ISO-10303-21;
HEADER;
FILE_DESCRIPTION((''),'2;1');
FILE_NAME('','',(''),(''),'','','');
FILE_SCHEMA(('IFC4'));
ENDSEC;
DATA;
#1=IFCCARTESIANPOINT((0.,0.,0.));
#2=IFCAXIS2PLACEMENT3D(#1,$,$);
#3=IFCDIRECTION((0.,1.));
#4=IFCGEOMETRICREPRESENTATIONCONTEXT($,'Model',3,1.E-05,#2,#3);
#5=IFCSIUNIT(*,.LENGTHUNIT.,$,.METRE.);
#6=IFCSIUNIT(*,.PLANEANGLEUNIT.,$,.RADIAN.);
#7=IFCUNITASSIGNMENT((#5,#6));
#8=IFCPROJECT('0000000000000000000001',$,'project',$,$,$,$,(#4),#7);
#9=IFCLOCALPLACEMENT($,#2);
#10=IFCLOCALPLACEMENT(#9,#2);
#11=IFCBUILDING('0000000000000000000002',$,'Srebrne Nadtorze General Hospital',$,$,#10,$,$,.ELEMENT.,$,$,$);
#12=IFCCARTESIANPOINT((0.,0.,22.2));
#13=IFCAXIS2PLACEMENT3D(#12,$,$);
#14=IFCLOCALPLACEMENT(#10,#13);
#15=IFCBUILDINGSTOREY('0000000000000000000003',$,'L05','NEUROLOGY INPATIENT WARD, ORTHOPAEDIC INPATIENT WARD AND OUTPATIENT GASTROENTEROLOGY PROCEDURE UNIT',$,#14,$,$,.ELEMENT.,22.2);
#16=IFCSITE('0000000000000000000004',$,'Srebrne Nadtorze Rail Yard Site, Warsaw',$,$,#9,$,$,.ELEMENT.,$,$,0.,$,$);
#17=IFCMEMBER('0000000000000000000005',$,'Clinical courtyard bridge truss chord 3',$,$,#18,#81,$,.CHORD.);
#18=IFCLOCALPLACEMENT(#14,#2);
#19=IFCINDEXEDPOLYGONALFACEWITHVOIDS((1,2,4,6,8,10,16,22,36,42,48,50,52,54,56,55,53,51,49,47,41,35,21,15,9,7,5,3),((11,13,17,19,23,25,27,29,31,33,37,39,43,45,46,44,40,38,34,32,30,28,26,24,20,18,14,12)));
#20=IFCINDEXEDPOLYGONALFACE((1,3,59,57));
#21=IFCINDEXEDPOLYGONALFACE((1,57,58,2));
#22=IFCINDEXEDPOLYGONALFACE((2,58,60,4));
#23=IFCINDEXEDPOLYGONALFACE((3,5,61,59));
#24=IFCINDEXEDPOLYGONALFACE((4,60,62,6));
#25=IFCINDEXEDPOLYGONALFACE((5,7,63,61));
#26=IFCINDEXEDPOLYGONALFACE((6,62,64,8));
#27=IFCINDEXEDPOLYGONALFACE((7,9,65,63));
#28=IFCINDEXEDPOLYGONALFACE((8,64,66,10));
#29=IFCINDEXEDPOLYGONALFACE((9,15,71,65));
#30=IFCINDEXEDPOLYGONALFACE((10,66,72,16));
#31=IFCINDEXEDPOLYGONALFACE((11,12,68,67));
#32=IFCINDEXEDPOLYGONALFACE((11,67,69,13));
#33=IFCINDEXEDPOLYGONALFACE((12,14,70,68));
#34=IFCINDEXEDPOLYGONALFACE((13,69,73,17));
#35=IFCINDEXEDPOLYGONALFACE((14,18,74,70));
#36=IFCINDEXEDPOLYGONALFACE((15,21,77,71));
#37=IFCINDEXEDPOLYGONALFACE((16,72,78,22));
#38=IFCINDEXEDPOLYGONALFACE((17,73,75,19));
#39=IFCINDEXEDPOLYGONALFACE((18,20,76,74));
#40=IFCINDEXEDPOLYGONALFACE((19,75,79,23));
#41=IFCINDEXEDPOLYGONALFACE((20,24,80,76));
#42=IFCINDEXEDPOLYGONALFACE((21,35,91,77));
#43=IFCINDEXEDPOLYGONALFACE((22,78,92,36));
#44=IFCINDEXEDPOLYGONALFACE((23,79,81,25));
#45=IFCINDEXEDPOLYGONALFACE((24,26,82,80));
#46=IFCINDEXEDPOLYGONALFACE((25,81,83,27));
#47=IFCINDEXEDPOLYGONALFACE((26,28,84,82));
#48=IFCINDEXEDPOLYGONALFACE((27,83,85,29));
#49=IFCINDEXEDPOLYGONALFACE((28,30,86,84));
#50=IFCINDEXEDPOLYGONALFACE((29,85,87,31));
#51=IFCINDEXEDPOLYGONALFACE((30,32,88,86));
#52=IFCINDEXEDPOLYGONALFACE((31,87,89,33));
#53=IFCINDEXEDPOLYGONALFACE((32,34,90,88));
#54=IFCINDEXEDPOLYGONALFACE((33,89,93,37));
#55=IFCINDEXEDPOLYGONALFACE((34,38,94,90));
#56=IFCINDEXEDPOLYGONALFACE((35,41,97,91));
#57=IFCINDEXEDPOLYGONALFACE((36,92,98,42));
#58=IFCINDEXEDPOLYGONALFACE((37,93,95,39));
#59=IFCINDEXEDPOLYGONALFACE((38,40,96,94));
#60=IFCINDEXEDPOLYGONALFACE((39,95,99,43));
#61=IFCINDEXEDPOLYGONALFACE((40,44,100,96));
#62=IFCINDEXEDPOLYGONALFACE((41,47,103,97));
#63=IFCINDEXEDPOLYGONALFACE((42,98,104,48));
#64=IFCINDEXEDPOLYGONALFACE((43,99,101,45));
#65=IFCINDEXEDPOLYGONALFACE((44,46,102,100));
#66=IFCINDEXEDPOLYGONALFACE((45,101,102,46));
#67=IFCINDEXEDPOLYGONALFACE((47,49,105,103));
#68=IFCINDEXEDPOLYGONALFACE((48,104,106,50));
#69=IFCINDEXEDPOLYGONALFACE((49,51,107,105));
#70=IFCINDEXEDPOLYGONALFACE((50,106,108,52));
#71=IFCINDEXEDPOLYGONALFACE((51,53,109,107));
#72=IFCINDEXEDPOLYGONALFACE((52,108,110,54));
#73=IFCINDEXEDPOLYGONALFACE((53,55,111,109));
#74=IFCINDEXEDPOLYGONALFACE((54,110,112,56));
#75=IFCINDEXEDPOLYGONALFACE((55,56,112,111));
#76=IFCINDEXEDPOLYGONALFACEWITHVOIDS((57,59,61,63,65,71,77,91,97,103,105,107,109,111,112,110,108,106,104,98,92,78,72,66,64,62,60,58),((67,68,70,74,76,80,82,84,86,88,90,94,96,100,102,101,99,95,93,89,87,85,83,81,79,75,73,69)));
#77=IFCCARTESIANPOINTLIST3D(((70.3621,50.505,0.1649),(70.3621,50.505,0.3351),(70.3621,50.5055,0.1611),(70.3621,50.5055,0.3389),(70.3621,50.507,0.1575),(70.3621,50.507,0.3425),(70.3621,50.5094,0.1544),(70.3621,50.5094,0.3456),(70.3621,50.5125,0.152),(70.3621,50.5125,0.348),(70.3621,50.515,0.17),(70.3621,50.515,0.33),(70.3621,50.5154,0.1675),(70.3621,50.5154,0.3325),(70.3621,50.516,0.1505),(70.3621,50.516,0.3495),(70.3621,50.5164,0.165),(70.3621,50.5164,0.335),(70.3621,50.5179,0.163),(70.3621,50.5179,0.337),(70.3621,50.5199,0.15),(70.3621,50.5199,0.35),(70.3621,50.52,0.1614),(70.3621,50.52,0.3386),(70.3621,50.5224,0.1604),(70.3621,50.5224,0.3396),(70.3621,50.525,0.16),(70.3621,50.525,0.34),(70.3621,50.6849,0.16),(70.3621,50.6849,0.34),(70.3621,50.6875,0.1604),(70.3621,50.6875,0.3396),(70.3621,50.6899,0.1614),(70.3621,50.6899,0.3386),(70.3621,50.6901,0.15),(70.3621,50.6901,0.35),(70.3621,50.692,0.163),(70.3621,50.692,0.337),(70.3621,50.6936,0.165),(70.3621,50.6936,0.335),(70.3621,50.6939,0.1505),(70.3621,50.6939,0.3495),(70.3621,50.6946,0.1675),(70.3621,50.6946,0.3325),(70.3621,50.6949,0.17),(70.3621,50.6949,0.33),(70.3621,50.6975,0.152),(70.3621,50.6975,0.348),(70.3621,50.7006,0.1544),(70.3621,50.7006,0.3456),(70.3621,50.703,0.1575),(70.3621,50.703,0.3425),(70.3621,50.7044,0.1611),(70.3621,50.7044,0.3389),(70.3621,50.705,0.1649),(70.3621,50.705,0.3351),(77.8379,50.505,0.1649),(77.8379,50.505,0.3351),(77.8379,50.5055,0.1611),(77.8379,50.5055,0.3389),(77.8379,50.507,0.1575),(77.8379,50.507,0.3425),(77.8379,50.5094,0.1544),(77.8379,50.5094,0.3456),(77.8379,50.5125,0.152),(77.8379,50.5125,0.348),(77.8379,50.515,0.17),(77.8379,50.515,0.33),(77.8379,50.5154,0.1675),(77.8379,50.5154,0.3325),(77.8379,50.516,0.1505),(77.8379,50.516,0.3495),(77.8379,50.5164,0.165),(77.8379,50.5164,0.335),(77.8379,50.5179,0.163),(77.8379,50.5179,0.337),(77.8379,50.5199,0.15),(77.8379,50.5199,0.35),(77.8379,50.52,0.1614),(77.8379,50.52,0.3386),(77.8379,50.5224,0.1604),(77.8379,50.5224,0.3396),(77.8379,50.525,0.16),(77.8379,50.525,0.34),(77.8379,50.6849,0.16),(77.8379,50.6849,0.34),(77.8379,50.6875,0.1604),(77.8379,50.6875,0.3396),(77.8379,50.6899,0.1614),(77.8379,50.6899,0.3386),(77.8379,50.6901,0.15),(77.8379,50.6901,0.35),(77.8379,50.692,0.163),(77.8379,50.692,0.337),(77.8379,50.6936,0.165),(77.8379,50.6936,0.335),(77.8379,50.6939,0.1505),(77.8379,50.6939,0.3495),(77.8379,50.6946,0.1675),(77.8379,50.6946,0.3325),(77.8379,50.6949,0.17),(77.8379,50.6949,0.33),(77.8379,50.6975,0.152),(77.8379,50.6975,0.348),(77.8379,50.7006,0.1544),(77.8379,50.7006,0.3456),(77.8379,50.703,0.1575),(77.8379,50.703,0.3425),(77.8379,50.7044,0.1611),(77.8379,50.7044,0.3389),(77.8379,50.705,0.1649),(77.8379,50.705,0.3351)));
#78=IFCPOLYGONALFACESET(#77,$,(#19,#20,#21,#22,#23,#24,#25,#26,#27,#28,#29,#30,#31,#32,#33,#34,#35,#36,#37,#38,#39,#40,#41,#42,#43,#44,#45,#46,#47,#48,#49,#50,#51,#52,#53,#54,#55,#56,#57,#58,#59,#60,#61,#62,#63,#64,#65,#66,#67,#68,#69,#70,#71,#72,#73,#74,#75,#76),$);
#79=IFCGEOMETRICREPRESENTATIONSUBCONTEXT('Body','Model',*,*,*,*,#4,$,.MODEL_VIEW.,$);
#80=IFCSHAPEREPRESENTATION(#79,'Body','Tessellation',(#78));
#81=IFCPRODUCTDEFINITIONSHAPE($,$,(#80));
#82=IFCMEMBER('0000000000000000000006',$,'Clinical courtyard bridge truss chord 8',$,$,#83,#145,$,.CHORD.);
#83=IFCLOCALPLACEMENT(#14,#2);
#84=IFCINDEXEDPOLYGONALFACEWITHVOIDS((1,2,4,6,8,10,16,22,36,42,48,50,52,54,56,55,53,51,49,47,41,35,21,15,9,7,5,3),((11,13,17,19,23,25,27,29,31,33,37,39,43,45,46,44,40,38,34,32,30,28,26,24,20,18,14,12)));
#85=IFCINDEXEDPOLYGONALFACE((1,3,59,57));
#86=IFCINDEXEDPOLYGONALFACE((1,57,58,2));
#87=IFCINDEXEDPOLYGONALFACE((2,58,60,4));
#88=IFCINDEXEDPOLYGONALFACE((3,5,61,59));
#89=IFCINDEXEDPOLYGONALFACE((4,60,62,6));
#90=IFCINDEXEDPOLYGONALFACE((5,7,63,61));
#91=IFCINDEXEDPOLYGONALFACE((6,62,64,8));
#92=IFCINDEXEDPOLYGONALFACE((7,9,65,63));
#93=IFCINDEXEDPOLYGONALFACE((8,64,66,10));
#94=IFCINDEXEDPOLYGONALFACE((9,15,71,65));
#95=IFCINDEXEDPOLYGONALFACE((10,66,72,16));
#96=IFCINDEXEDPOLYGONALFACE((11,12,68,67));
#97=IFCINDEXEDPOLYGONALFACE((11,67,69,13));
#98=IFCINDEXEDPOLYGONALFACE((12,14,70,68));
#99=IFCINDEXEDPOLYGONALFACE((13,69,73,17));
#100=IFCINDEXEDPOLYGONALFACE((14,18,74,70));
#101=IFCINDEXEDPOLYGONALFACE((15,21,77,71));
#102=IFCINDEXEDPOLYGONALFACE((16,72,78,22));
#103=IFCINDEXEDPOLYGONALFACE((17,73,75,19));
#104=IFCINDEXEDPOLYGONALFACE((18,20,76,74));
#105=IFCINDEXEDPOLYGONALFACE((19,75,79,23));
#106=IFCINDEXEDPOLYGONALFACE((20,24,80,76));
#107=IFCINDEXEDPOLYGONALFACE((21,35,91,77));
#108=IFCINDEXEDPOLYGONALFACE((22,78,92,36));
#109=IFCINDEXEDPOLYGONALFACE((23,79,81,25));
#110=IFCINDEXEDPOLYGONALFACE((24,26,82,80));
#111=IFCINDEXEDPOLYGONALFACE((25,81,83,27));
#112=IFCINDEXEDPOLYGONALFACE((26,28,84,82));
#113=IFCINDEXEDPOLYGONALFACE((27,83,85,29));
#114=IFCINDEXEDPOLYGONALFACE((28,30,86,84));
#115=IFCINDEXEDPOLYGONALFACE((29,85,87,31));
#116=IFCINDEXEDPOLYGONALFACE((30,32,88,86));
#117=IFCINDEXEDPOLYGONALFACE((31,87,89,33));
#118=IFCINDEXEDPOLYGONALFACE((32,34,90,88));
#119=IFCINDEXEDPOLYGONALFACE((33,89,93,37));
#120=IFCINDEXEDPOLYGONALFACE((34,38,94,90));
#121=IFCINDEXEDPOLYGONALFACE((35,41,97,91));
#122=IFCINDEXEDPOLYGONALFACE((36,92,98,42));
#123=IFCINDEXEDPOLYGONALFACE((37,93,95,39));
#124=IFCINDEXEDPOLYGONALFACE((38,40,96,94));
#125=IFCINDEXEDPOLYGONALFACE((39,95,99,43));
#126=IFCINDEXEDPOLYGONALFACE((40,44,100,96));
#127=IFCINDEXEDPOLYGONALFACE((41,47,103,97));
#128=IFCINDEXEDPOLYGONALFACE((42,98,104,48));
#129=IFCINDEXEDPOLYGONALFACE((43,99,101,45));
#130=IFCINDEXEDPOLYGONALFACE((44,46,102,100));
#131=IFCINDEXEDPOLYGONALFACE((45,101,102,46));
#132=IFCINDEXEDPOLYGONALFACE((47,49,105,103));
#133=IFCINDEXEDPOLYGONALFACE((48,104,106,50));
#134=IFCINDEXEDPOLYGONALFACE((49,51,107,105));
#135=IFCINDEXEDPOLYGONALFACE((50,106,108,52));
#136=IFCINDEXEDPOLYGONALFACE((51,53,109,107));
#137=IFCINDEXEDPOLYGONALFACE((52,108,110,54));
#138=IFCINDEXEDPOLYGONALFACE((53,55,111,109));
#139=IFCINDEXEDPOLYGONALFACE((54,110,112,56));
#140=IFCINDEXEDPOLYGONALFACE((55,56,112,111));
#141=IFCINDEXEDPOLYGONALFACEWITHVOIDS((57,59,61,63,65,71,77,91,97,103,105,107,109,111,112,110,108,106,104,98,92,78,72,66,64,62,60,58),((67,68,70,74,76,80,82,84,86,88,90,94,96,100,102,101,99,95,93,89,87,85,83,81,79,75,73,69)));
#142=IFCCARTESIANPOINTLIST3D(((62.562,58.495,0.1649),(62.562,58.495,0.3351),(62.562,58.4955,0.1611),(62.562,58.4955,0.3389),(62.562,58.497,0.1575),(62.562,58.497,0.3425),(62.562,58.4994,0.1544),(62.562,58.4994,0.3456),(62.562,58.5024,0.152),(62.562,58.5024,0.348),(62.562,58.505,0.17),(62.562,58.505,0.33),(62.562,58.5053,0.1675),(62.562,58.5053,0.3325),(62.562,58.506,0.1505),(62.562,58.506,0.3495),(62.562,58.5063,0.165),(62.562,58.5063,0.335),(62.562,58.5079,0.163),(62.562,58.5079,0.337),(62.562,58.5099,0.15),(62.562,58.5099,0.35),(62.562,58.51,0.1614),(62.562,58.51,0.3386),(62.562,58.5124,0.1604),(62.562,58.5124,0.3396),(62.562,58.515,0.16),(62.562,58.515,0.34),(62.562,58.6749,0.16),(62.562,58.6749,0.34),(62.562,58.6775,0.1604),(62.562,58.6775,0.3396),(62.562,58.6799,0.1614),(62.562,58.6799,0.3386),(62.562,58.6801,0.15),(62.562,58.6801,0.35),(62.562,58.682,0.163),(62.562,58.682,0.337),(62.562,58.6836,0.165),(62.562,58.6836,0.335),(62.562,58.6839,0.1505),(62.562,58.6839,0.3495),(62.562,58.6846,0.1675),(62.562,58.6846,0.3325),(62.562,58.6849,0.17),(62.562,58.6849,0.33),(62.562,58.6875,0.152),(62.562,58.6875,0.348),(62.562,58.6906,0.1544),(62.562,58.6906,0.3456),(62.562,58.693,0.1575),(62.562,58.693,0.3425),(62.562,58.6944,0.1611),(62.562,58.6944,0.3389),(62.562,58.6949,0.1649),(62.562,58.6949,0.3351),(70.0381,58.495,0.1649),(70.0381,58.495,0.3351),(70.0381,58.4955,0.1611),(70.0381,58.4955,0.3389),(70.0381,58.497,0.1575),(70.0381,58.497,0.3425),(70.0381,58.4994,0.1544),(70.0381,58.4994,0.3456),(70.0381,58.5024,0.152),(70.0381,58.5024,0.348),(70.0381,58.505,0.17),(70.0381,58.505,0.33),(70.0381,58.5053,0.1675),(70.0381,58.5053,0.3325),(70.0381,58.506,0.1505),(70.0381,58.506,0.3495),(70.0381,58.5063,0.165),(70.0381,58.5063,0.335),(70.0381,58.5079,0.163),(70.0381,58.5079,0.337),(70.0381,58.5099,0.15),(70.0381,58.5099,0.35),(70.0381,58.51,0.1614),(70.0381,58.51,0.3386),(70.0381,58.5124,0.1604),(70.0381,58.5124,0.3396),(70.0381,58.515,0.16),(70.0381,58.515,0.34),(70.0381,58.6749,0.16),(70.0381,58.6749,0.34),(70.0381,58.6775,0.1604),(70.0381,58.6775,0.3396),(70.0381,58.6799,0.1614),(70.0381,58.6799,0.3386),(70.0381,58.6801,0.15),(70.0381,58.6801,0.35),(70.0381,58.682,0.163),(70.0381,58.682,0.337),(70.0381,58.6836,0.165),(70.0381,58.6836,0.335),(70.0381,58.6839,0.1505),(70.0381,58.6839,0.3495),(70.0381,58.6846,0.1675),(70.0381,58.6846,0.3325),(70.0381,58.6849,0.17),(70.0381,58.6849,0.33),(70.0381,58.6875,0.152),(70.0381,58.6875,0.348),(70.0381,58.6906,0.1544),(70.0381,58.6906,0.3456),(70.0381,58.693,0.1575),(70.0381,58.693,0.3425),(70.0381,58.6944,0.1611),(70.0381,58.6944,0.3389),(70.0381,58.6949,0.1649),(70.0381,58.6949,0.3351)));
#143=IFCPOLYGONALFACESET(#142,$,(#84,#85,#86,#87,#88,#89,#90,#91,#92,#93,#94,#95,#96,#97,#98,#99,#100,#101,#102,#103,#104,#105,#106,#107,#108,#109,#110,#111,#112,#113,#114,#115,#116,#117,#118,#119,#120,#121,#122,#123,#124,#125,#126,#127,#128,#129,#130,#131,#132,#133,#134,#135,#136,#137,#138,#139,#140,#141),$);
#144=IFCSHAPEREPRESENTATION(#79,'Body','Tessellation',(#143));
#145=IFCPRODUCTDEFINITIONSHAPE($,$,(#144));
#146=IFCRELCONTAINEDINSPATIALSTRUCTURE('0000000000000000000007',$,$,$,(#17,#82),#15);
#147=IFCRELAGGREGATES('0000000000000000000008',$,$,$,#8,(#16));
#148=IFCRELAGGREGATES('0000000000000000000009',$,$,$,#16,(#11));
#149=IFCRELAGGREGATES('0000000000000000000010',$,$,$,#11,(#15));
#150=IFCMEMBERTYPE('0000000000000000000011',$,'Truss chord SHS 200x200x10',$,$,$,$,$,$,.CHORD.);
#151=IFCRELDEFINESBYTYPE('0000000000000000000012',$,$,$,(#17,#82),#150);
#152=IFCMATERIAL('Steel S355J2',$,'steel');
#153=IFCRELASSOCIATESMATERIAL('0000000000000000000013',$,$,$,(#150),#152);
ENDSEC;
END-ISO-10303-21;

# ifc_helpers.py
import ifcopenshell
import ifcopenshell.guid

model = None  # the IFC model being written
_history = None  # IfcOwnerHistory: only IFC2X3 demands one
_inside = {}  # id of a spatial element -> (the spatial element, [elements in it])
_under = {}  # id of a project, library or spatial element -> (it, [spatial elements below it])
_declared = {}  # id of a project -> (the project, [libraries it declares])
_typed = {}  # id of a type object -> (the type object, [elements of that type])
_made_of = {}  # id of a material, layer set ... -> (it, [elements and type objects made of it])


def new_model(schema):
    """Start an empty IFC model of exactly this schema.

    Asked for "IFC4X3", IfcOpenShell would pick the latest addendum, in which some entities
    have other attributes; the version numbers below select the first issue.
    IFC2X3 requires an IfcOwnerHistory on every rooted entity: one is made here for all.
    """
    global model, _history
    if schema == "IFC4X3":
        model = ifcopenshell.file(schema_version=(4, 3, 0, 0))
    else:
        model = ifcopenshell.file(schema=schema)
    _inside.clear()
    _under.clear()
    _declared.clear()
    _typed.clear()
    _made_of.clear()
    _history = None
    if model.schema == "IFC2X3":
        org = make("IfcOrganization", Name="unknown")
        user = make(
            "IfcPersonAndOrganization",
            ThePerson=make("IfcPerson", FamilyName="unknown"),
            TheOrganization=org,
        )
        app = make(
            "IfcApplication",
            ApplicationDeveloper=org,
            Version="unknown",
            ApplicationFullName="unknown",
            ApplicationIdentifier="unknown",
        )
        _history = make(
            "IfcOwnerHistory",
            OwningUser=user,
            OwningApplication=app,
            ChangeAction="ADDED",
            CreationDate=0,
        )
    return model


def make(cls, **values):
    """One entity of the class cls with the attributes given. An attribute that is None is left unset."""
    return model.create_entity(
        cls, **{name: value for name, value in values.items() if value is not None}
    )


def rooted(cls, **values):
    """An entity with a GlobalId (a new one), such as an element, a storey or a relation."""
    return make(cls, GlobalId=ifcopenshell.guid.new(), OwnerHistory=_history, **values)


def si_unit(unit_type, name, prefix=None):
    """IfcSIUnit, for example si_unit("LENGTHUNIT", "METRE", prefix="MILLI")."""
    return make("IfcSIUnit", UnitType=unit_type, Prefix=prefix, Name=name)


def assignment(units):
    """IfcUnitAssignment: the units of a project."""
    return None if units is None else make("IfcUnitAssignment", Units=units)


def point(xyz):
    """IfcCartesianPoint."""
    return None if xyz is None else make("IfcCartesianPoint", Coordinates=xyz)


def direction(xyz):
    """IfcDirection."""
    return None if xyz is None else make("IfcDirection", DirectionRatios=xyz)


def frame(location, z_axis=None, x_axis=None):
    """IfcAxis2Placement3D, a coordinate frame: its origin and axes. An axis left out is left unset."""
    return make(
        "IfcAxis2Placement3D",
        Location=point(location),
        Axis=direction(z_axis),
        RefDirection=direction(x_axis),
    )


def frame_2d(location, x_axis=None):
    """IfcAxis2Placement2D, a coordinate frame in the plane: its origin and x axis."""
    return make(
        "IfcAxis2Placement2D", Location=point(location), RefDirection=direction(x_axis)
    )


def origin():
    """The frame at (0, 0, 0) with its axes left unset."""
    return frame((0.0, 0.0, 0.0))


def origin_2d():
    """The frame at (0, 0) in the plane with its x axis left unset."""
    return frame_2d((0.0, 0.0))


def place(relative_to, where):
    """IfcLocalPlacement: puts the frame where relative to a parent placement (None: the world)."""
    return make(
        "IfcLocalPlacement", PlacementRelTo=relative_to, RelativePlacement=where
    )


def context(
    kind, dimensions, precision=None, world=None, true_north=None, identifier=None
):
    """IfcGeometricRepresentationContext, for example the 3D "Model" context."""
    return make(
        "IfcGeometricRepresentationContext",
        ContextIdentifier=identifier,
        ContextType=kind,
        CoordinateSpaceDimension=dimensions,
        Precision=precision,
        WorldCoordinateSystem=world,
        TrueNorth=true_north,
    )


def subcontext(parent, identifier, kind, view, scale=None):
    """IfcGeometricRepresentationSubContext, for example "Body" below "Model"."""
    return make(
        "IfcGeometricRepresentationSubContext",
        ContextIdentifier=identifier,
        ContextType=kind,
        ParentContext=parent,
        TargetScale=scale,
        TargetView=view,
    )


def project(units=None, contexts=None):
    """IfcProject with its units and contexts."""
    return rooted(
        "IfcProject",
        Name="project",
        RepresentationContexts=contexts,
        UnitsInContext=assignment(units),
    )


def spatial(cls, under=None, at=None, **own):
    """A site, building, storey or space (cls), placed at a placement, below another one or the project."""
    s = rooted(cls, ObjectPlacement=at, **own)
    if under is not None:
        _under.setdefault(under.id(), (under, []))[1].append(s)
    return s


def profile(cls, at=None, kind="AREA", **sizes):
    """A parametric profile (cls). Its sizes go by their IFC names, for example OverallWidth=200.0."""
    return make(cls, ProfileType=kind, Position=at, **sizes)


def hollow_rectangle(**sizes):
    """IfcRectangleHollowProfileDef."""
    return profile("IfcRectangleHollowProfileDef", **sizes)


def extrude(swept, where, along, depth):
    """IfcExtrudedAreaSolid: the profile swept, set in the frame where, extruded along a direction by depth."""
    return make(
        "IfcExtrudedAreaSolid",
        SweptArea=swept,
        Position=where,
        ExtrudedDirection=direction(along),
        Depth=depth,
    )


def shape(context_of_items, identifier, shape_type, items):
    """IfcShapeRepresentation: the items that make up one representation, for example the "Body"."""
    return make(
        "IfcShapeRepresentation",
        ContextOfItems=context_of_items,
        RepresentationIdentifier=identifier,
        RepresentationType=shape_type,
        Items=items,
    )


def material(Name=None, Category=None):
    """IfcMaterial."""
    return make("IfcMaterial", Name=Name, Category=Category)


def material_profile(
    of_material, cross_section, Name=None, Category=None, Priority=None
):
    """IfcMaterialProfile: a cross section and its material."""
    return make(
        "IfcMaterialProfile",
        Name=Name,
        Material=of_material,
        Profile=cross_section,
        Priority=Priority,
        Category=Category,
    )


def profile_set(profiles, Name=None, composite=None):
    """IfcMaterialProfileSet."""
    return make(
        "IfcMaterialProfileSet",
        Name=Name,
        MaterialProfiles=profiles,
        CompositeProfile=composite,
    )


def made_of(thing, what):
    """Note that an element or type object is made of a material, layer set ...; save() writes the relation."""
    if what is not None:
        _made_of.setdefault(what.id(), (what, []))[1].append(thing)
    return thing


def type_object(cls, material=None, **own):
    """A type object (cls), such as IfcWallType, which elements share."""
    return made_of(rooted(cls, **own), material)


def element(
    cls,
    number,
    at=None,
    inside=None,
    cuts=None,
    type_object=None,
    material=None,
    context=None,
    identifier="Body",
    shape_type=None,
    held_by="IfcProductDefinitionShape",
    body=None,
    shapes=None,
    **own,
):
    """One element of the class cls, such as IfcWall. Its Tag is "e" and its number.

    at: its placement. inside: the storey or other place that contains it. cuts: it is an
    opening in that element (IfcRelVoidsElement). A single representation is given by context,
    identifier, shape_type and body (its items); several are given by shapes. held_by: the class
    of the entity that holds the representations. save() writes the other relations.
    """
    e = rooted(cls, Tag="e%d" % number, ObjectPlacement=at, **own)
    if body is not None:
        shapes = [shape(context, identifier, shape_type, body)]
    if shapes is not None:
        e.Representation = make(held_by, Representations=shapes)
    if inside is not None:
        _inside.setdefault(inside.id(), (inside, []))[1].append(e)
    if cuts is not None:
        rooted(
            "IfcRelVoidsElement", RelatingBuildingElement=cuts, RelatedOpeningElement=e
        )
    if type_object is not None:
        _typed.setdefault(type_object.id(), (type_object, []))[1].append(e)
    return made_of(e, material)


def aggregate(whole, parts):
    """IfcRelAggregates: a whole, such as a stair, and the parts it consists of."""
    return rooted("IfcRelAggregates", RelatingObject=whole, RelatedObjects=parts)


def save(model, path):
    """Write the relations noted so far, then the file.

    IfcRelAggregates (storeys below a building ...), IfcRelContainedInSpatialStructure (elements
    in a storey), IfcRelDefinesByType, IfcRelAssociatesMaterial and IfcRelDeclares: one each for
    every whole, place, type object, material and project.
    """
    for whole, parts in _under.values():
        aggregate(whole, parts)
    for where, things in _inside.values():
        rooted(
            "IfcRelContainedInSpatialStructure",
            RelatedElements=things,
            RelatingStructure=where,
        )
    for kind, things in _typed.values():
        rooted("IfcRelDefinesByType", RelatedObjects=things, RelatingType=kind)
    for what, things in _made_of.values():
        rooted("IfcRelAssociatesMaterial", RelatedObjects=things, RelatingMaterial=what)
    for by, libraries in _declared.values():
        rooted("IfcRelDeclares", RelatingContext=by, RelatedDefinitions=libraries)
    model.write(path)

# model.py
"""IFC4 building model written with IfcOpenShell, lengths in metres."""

from ifc_helpers import new_model, si_unit, direction, frame, origin, origin_2d, place, context, subcontext, project, spatial, hollow_rectangle, extrude, material, material_profile, profile_set, type_object, element, save


model = new_model("IFC4")

# Units and contexts
model_context = context("Model", 3, precision=1e-05, world=origin(), true_north=direction((0.0, 1.0)))
body_context = subcontext(model_context, "Body", "Model", "MODEL_VIEW")
ifc_project = project(units=[si_unit("LENGTHUNIT", "METRE"), si_unit("PLANEANGLEUNIT", "RADIAN")], contexts=[model_context])

# Site, building, storey
site_placement = place(None, origin())
site = spatial("IfcSite", under=ifc_project, at=site_placement, Name="Srebrne Nadtorze Rail Yard Site, Warsaw", CompositionType="ELEMENT", RefElevation=0.0)
building_placement = place(site_placement, origin())
building = spatial("IfcBuilding", under=site, at=building_placement, Name="Srebrne Nadtorze General Hospital", CompositionType="ELEMENT")
storey_placement = place(building_placement, frame((0.0, 0.0, 22.2)))
storey = spatial("IfcBuildingStorey", under=building, at=storey_placement, Name="L05", Description="NEUROLOGY INPATIENT WARD, ORTHOPAEDIC INPATIENT WARD AND OUTPATIENT GASTROENTEROLOGY PROCEDURE UNIT", CompositionType="ELEMENT", Elevation=22.2)

# Members
ifc_material_1 = material(Name="Steel S355J2", Category="steel")
ifc_material_profile_1 = material_profile(ifc_material_1, hollow_rectangle(XDim=0.2, YDim=0.2, WallThickness=0.01, InnerFilletRadius=0.01, OuterFilletRadius=0.0149, at=origin_2d()), Name="SHS-200x200x10")
ifc_profile_set_1 = profile_set([ifc_material_profile_1], Name="Steel S355J2")
member_type_1 = type_object("IfcMemberType", Name="Truss chord SHS 200x200x10", PredefinedType="CHORD", material=ifc_profile_set_1)
member_1_placement = place(storey_placement, frame((70.3621, 50.605, 0.25), z_axis=(1.0, 0.0, 0.0), x_axis=(0.0, 1.0, 0.0)))
element("IfcMember", 1, at=member_1_placement, inside=storey, type_object=member_type_1, Name="Clinical courtyard bridge truss chord 3", PredefinedType="CHORD", context=body_context, shape_type="SweptSolid", body=[
    extrude(hollow_rectangle(XDim=0.2, YDim=0.2, WallThickness=0.01, InnerFilletRadius=0.01, OuterFilletRadius=0.0149, at=origin_2d()), origin(), (0.0, 0.0, 1.0), 7.4758),
])
member_2_placement = place(storey_placement, frame((62.562, 58.595, 0.25), z_axis=(1.0, 0.0, 0.0), x_axis=(0.0, 1.0, 0.0)))
element("IfcMember", 2, at=member_2_placement, inside=storey, type_object=member_type_1, Name="Clinical courtyard bridge truss chord 8", PredefinedType="CHORD", context=body_context, shape_type="SweptSolid", body=[
    extrude(hollow_rectangle(XDim=0.2, YDim=0.2, WallThickness=0.01, InnerFilletRadius=0.01, OuterFilletRadius=0.0149, at=origin_2d()), origin(), (0.0, 0.0, 1.0), 7.4761),
])

save(model, "model.ifc")
